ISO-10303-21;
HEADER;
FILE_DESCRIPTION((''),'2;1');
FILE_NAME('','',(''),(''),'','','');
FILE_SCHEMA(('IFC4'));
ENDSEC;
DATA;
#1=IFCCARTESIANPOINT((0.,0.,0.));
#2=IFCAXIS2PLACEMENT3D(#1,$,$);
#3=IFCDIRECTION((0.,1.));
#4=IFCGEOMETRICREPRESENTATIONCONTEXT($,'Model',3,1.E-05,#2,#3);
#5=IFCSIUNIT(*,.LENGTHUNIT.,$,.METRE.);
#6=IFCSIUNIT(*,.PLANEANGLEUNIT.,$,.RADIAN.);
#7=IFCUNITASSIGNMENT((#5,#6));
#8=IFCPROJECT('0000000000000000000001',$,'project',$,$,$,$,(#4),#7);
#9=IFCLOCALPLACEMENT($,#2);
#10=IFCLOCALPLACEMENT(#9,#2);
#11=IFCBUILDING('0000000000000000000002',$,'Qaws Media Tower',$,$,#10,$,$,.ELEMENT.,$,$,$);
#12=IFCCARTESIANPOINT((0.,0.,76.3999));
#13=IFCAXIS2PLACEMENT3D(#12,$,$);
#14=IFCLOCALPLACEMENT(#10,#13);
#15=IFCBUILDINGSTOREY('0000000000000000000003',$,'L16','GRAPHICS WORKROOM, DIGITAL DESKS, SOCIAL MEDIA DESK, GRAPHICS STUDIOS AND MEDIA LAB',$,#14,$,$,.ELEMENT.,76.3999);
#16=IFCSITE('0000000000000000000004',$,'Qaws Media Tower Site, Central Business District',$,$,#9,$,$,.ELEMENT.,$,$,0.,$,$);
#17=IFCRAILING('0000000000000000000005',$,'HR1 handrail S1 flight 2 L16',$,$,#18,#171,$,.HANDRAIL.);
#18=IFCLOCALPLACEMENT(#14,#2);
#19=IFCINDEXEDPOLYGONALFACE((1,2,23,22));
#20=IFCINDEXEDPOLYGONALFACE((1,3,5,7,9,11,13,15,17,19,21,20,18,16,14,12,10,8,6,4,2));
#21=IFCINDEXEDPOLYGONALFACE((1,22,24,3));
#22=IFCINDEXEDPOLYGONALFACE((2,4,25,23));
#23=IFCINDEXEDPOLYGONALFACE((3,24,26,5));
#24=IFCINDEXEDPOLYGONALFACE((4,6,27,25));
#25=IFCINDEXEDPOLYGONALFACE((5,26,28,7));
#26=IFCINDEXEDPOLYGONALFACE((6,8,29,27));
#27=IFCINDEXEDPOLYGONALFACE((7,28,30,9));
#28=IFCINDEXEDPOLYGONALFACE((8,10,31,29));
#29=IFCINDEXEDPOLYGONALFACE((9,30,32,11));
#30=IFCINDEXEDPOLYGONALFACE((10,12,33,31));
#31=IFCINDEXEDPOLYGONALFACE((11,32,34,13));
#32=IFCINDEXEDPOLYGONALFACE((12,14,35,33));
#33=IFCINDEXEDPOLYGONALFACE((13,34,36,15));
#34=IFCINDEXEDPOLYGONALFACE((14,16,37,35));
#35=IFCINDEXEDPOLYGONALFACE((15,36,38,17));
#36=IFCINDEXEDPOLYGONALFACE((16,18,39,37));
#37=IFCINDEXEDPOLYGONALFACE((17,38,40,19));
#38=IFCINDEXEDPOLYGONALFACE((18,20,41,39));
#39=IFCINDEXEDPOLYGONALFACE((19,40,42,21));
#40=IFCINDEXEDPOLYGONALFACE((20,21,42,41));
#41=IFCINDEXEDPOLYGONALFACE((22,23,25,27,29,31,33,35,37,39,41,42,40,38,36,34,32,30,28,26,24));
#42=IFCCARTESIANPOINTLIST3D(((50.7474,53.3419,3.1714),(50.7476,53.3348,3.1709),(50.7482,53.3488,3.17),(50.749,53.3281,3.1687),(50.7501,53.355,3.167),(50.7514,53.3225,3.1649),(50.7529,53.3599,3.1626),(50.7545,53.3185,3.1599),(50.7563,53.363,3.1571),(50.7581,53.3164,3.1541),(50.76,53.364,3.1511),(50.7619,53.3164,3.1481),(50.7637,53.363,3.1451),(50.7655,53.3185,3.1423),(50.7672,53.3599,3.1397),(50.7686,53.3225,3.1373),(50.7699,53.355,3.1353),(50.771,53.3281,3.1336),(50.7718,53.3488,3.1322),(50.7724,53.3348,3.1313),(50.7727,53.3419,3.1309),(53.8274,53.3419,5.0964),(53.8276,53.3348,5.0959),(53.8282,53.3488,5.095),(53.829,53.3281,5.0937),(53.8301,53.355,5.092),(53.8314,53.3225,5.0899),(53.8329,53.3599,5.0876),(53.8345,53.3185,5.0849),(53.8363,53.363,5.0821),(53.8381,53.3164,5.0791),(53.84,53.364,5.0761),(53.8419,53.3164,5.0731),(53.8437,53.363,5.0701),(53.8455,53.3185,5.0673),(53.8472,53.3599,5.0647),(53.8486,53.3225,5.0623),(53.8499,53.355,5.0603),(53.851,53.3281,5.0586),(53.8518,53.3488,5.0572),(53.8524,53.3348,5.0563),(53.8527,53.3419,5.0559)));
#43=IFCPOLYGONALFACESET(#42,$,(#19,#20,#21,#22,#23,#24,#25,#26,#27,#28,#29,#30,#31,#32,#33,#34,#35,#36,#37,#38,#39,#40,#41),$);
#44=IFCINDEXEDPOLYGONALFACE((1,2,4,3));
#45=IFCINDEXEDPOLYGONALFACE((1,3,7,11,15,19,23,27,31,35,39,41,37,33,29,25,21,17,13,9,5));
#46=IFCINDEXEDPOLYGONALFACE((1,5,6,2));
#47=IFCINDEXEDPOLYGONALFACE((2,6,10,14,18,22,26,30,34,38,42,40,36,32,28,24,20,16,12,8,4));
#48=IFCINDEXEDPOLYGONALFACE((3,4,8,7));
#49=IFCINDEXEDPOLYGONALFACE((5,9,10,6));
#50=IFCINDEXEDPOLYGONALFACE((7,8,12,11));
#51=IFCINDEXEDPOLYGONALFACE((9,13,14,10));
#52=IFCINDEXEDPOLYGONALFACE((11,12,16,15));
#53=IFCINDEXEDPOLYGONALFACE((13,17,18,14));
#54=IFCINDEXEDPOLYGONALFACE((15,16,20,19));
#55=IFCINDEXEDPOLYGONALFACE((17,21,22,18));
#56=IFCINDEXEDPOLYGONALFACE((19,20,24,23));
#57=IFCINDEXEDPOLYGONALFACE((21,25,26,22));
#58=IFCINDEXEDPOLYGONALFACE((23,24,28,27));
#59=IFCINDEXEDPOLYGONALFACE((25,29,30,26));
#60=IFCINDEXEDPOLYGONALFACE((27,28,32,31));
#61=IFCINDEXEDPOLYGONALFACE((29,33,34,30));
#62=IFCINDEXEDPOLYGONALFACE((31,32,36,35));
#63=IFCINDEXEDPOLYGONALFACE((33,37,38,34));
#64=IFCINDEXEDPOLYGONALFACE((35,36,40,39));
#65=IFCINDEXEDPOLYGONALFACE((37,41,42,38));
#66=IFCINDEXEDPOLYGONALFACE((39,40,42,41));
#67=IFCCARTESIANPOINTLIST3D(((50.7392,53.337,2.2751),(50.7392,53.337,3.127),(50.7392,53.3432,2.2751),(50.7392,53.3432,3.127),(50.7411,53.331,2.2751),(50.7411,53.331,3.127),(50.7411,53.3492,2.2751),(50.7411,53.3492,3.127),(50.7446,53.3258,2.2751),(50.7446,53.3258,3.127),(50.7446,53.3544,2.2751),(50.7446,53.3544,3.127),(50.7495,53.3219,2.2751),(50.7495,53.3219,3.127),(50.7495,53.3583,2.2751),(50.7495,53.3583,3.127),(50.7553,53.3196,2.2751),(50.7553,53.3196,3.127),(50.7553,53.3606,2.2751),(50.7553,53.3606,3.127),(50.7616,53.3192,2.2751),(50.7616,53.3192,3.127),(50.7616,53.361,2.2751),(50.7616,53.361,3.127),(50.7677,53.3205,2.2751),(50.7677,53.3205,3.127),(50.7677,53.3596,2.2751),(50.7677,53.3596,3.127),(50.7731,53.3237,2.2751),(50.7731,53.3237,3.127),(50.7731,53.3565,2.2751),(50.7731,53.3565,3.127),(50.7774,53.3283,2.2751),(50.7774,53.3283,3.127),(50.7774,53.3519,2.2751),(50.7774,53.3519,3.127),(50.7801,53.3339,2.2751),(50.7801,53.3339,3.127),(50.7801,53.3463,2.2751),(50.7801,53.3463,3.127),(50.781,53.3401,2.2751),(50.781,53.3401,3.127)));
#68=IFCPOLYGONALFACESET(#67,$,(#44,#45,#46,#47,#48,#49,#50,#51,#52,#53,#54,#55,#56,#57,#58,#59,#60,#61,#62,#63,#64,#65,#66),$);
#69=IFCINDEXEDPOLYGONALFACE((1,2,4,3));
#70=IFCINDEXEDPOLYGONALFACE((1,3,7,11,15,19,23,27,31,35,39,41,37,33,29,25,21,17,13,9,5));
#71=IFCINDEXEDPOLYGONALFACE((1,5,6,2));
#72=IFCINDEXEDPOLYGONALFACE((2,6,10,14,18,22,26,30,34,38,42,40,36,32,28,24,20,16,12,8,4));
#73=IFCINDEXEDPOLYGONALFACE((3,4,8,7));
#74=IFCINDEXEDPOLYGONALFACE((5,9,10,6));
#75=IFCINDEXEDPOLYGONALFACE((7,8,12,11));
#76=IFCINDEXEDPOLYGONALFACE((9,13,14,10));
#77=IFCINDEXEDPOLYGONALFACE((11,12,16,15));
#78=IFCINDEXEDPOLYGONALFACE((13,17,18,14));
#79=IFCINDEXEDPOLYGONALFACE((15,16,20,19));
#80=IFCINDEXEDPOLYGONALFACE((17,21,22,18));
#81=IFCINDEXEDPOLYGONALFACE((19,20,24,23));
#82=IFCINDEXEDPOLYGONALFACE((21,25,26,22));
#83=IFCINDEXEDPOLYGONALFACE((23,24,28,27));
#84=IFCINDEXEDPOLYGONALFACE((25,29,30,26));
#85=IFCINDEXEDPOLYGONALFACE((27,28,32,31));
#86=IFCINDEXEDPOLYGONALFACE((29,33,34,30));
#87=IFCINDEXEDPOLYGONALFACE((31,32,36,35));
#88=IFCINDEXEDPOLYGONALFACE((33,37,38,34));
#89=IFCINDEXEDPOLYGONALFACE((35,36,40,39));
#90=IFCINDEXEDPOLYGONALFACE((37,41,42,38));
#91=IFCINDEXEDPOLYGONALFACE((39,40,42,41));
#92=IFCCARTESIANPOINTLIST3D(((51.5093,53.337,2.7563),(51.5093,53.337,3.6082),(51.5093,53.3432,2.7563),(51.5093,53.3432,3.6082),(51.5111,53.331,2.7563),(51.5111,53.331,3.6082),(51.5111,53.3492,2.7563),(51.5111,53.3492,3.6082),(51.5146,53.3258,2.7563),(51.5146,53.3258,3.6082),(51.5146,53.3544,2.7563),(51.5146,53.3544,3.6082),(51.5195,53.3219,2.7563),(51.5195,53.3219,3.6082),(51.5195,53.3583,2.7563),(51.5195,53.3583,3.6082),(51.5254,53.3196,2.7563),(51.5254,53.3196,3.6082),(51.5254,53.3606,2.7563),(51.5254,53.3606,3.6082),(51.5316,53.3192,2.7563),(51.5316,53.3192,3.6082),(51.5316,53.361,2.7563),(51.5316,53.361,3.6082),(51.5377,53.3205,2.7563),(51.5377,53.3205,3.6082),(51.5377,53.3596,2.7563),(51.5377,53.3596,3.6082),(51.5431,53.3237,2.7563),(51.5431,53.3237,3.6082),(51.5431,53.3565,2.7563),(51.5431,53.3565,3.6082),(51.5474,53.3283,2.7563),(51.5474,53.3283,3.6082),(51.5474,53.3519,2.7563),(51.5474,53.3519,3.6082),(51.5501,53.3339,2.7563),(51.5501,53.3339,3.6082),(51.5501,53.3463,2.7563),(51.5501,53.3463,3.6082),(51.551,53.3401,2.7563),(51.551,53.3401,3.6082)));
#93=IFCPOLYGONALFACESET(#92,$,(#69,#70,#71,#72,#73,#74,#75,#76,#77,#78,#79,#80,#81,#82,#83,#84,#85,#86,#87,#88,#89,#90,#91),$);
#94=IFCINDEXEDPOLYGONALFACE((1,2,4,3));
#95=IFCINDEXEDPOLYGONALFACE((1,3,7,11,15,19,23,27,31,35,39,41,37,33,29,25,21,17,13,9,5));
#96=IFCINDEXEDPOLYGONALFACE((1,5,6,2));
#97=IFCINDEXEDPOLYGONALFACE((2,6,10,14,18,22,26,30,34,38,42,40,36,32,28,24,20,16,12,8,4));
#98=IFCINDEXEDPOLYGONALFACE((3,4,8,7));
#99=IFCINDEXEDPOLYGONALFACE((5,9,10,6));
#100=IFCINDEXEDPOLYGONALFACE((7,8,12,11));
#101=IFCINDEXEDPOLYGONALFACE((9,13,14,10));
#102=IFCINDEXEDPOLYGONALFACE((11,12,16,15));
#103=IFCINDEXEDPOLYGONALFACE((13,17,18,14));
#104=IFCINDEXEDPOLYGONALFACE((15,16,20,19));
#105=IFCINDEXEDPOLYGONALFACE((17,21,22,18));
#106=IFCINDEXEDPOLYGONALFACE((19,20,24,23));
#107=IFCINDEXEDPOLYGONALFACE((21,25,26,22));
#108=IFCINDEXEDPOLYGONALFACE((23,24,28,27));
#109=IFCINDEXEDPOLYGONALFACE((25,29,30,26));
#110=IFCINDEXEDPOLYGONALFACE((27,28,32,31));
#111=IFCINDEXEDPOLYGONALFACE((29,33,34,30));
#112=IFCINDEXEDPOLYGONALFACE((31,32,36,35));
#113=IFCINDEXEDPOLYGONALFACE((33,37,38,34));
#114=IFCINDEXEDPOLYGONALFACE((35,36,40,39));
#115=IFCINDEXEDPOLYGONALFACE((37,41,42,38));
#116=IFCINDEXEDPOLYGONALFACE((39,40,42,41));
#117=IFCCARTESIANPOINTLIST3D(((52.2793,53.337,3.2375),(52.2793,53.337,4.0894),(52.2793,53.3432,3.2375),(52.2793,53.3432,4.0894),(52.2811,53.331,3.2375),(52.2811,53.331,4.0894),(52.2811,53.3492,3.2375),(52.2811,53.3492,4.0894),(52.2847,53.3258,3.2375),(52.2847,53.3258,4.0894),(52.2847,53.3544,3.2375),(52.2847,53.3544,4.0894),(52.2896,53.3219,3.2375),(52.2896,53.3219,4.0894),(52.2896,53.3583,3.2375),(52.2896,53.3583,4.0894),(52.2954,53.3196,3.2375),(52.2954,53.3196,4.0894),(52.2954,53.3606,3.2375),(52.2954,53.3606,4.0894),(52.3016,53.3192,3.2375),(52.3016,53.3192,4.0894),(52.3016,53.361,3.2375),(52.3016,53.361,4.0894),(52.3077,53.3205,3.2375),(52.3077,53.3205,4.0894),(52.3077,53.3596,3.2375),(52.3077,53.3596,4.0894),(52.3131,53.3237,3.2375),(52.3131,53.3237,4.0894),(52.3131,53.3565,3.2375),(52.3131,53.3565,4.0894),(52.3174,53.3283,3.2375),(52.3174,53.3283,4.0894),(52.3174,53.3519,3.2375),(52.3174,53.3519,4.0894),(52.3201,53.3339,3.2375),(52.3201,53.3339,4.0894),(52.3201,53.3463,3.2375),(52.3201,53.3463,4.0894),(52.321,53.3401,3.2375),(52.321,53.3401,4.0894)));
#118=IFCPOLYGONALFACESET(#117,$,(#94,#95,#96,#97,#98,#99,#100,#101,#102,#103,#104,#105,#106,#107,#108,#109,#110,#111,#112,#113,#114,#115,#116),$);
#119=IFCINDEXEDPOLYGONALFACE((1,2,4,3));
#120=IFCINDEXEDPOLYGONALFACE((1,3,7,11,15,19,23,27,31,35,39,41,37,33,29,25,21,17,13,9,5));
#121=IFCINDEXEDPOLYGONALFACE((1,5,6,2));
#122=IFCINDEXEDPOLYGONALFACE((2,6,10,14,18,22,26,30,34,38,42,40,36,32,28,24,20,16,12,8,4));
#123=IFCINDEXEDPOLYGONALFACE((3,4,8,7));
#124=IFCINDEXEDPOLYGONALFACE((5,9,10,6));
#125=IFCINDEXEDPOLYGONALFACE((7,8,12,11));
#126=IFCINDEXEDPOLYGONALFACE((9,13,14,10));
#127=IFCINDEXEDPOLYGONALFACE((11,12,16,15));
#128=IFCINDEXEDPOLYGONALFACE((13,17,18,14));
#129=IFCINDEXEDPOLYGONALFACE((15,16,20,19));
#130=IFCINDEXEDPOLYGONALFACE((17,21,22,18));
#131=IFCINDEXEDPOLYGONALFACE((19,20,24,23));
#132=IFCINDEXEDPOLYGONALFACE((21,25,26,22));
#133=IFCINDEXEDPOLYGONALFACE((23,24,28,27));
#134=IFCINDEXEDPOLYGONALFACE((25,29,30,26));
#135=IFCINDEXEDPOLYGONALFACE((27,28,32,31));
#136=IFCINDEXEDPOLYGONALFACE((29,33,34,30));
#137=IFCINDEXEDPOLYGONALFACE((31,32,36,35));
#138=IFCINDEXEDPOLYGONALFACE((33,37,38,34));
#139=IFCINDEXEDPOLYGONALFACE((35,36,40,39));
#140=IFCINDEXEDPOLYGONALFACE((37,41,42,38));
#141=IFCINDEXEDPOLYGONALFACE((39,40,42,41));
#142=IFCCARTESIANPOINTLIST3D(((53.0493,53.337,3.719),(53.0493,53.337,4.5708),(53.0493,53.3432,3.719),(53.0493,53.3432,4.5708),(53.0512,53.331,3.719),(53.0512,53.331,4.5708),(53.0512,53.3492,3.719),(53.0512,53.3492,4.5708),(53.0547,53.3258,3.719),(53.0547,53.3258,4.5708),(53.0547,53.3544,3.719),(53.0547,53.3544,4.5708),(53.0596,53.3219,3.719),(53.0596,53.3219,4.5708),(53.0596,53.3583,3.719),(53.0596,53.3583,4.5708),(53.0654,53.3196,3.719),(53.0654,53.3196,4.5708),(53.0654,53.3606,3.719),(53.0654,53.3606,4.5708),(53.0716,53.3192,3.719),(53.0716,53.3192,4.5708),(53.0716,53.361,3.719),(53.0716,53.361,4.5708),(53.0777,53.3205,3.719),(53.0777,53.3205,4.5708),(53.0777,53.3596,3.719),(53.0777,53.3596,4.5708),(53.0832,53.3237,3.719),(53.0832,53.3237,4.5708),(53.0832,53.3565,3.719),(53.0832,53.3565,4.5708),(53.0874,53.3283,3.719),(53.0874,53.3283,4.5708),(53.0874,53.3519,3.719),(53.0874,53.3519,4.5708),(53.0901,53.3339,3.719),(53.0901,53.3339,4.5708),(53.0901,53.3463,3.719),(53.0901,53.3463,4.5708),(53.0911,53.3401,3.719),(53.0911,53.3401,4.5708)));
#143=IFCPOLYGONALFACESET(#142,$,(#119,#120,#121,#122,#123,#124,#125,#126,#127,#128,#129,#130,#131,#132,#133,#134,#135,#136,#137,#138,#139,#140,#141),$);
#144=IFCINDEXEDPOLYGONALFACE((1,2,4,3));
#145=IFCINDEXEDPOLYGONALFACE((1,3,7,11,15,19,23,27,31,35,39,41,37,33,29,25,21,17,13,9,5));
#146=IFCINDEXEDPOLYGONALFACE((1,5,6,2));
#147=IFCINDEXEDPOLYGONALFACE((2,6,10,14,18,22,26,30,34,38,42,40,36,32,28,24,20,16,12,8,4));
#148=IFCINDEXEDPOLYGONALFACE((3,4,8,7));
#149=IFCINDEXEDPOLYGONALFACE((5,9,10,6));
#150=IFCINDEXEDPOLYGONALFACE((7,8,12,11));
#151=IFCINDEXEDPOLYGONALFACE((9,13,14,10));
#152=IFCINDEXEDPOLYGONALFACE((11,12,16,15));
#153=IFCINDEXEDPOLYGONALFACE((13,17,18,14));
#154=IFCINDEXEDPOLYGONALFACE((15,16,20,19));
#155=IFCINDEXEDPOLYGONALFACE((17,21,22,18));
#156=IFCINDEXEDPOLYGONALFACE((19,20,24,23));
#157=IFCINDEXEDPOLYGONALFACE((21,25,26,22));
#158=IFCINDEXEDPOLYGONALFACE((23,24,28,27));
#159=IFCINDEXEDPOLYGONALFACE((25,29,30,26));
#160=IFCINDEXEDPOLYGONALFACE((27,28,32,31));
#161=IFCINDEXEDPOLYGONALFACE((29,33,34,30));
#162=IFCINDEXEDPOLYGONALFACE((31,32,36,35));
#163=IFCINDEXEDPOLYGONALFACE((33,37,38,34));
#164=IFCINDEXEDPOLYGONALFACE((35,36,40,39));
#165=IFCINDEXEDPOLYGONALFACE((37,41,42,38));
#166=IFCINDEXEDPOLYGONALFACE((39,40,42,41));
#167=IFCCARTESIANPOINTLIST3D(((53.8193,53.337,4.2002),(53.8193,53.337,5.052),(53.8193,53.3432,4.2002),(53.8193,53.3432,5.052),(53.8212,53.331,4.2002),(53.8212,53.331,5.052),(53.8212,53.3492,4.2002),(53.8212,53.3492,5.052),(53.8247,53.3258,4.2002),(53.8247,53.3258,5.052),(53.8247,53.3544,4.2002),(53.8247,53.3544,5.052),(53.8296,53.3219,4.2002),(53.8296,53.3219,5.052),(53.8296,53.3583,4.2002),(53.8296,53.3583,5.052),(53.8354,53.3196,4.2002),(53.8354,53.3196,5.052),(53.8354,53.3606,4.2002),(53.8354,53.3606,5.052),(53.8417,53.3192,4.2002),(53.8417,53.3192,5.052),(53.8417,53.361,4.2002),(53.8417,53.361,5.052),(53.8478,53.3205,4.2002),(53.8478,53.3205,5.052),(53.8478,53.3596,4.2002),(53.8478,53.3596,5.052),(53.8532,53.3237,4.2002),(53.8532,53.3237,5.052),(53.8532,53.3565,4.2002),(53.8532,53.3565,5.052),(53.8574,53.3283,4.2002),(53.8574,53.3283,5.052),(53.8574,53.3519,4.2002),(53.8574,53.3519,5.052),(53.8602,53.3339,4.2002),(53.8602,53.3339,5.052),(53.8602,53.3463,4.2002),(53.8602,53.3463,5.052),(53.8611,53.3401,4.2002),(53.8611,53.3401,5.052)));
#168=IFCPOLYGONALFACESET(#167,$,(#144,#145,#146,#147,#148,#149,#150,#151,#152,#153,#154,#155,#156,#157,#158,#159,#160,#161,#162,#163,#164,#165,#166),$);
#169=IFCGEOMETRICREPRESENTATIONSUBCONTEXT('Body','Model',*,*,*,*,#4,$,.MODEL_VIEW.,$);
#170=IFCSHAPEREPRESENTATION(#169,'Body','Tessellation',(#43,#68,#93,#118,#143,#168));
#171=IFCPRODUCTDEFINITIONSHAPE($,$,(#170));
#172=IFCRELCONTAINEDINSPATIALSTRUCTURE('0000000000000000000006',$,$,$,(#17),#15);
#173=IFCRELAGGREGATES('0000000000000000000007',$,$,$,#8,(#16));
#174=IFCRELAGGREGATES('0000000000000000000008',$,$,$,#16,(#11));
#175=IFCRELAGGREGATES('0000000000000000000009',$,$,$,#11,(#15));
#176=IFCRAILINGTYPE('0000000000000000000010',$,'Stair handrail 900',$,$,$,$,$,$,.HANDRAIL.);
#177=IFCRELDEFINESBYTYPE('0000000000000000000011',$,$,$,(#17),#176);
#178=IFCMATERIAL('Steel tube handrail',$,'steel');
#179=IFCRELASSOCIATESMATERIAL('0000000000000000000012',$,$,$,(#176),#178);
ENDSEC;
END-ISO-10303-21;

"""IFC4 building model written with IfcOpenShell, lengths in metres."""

from ifc_helpers import new_model, si_unit, direction, frame, origin, origin_2d, place, context, subcontext, project, spatial, circle, extrude, material, type_object, element, save


model = new_model("IFC4")

# Units and contexts
model_context = context("Model", 3, precision=1e-05, world=origin(), true_north=direction((0.0, 1.0)))
body_context = subcontext(model_context, "Body", "Model", "MODEL_VIEW")
ifc_project = project(units=[si_unit("LENGTHUNIT", "METRE"), si_unit("PLANEANGLEUNIT", "RADIAN")], contexts=[model_context])

# Site, building, storey
site_placement = place(None, origin())
site = spatial("IfcSite", under=ifc_project, at=site_placement, Name="Qaws Media Tower Site, Central Business District", CompositionType="ELEMENT", RefElevation=0.0)
building_placement = place(site_placement, origin())
building = spatial("IfcBuilding", under=site, at=building_placement, Name="Qaws Media Tower", CompositionType="ELEMENT")
storey_placement = place(building_placement, frame((0.0, 0.0, 76.3999)))
storey = spatial("IfcBuildingStorey", under=building, at=storey_placement, Name="L16", Description="GRAPHICS WORKROOM, DIGITAL DESKS, SOCIAL MEDIA DESK, GRAPHICS STUDIOS AND MEDIA LAB", CompositionType="ELEMENT", Elevation=76.3999)

# Railing
ifc_material_1 = material(Name="Steel tube handrail", Category="steel")
railing_type = type_object("IfcRailingType", Name="Stair handrail 900", PredefinedType="HANDRAIL", material=ifc_material_1)
for number, where, name in (
    (1, (50.76, 53.3401, 2.2751), "HR1 handrail S1 flight 2 L16"),
):
    element("IfcRailing", number, at=place(storey_placement, frame(where)), inside=storey, type_object=railing_type, Name=name, PredefinedType="HANDRAIL", context=body_context, shape_type="SweptSolid", body=[
        extrude(circle(Radius=0.0239, at=origin_2d()), frame((0.0, 0.0, 0.876), z_axis=(0.847998, 0.0, 0.529999), x_axis=(0.0, 1.0, 0.0)), (0.0, 0.0, 1.0), 3.6321),
        extrude(circle(Radius=0.021, at=origin_2d()), origin(), (0.0, 0.0, 1.0), 0.8518),
        extrude(circle(Radius=0.021, at=origin_2d()), frame((0.77, 0.0, 0.4812)), (0.0, 0.0, 1.0), 0.8518),
        extrude(circle(Radius=0.021, at=origin_2d()), frame((1.54, 0.0, 0.9624)), (0.0, 0.0, 1.0), 0.8518),
        extrude(circle(Radius=0.021, at=origin_2d()), frame((2.3101, 0.0, 1.4438)), (0.0, 0.0, 1.0), 0.8518),
        extrude(circle(Radius=0.021, at=origin_2d()), frame((3.0801, 0.0, 1.925)), (0.0, 0.0, 1.0), 0.8518),
    ])

save(model, "model.ifc")
